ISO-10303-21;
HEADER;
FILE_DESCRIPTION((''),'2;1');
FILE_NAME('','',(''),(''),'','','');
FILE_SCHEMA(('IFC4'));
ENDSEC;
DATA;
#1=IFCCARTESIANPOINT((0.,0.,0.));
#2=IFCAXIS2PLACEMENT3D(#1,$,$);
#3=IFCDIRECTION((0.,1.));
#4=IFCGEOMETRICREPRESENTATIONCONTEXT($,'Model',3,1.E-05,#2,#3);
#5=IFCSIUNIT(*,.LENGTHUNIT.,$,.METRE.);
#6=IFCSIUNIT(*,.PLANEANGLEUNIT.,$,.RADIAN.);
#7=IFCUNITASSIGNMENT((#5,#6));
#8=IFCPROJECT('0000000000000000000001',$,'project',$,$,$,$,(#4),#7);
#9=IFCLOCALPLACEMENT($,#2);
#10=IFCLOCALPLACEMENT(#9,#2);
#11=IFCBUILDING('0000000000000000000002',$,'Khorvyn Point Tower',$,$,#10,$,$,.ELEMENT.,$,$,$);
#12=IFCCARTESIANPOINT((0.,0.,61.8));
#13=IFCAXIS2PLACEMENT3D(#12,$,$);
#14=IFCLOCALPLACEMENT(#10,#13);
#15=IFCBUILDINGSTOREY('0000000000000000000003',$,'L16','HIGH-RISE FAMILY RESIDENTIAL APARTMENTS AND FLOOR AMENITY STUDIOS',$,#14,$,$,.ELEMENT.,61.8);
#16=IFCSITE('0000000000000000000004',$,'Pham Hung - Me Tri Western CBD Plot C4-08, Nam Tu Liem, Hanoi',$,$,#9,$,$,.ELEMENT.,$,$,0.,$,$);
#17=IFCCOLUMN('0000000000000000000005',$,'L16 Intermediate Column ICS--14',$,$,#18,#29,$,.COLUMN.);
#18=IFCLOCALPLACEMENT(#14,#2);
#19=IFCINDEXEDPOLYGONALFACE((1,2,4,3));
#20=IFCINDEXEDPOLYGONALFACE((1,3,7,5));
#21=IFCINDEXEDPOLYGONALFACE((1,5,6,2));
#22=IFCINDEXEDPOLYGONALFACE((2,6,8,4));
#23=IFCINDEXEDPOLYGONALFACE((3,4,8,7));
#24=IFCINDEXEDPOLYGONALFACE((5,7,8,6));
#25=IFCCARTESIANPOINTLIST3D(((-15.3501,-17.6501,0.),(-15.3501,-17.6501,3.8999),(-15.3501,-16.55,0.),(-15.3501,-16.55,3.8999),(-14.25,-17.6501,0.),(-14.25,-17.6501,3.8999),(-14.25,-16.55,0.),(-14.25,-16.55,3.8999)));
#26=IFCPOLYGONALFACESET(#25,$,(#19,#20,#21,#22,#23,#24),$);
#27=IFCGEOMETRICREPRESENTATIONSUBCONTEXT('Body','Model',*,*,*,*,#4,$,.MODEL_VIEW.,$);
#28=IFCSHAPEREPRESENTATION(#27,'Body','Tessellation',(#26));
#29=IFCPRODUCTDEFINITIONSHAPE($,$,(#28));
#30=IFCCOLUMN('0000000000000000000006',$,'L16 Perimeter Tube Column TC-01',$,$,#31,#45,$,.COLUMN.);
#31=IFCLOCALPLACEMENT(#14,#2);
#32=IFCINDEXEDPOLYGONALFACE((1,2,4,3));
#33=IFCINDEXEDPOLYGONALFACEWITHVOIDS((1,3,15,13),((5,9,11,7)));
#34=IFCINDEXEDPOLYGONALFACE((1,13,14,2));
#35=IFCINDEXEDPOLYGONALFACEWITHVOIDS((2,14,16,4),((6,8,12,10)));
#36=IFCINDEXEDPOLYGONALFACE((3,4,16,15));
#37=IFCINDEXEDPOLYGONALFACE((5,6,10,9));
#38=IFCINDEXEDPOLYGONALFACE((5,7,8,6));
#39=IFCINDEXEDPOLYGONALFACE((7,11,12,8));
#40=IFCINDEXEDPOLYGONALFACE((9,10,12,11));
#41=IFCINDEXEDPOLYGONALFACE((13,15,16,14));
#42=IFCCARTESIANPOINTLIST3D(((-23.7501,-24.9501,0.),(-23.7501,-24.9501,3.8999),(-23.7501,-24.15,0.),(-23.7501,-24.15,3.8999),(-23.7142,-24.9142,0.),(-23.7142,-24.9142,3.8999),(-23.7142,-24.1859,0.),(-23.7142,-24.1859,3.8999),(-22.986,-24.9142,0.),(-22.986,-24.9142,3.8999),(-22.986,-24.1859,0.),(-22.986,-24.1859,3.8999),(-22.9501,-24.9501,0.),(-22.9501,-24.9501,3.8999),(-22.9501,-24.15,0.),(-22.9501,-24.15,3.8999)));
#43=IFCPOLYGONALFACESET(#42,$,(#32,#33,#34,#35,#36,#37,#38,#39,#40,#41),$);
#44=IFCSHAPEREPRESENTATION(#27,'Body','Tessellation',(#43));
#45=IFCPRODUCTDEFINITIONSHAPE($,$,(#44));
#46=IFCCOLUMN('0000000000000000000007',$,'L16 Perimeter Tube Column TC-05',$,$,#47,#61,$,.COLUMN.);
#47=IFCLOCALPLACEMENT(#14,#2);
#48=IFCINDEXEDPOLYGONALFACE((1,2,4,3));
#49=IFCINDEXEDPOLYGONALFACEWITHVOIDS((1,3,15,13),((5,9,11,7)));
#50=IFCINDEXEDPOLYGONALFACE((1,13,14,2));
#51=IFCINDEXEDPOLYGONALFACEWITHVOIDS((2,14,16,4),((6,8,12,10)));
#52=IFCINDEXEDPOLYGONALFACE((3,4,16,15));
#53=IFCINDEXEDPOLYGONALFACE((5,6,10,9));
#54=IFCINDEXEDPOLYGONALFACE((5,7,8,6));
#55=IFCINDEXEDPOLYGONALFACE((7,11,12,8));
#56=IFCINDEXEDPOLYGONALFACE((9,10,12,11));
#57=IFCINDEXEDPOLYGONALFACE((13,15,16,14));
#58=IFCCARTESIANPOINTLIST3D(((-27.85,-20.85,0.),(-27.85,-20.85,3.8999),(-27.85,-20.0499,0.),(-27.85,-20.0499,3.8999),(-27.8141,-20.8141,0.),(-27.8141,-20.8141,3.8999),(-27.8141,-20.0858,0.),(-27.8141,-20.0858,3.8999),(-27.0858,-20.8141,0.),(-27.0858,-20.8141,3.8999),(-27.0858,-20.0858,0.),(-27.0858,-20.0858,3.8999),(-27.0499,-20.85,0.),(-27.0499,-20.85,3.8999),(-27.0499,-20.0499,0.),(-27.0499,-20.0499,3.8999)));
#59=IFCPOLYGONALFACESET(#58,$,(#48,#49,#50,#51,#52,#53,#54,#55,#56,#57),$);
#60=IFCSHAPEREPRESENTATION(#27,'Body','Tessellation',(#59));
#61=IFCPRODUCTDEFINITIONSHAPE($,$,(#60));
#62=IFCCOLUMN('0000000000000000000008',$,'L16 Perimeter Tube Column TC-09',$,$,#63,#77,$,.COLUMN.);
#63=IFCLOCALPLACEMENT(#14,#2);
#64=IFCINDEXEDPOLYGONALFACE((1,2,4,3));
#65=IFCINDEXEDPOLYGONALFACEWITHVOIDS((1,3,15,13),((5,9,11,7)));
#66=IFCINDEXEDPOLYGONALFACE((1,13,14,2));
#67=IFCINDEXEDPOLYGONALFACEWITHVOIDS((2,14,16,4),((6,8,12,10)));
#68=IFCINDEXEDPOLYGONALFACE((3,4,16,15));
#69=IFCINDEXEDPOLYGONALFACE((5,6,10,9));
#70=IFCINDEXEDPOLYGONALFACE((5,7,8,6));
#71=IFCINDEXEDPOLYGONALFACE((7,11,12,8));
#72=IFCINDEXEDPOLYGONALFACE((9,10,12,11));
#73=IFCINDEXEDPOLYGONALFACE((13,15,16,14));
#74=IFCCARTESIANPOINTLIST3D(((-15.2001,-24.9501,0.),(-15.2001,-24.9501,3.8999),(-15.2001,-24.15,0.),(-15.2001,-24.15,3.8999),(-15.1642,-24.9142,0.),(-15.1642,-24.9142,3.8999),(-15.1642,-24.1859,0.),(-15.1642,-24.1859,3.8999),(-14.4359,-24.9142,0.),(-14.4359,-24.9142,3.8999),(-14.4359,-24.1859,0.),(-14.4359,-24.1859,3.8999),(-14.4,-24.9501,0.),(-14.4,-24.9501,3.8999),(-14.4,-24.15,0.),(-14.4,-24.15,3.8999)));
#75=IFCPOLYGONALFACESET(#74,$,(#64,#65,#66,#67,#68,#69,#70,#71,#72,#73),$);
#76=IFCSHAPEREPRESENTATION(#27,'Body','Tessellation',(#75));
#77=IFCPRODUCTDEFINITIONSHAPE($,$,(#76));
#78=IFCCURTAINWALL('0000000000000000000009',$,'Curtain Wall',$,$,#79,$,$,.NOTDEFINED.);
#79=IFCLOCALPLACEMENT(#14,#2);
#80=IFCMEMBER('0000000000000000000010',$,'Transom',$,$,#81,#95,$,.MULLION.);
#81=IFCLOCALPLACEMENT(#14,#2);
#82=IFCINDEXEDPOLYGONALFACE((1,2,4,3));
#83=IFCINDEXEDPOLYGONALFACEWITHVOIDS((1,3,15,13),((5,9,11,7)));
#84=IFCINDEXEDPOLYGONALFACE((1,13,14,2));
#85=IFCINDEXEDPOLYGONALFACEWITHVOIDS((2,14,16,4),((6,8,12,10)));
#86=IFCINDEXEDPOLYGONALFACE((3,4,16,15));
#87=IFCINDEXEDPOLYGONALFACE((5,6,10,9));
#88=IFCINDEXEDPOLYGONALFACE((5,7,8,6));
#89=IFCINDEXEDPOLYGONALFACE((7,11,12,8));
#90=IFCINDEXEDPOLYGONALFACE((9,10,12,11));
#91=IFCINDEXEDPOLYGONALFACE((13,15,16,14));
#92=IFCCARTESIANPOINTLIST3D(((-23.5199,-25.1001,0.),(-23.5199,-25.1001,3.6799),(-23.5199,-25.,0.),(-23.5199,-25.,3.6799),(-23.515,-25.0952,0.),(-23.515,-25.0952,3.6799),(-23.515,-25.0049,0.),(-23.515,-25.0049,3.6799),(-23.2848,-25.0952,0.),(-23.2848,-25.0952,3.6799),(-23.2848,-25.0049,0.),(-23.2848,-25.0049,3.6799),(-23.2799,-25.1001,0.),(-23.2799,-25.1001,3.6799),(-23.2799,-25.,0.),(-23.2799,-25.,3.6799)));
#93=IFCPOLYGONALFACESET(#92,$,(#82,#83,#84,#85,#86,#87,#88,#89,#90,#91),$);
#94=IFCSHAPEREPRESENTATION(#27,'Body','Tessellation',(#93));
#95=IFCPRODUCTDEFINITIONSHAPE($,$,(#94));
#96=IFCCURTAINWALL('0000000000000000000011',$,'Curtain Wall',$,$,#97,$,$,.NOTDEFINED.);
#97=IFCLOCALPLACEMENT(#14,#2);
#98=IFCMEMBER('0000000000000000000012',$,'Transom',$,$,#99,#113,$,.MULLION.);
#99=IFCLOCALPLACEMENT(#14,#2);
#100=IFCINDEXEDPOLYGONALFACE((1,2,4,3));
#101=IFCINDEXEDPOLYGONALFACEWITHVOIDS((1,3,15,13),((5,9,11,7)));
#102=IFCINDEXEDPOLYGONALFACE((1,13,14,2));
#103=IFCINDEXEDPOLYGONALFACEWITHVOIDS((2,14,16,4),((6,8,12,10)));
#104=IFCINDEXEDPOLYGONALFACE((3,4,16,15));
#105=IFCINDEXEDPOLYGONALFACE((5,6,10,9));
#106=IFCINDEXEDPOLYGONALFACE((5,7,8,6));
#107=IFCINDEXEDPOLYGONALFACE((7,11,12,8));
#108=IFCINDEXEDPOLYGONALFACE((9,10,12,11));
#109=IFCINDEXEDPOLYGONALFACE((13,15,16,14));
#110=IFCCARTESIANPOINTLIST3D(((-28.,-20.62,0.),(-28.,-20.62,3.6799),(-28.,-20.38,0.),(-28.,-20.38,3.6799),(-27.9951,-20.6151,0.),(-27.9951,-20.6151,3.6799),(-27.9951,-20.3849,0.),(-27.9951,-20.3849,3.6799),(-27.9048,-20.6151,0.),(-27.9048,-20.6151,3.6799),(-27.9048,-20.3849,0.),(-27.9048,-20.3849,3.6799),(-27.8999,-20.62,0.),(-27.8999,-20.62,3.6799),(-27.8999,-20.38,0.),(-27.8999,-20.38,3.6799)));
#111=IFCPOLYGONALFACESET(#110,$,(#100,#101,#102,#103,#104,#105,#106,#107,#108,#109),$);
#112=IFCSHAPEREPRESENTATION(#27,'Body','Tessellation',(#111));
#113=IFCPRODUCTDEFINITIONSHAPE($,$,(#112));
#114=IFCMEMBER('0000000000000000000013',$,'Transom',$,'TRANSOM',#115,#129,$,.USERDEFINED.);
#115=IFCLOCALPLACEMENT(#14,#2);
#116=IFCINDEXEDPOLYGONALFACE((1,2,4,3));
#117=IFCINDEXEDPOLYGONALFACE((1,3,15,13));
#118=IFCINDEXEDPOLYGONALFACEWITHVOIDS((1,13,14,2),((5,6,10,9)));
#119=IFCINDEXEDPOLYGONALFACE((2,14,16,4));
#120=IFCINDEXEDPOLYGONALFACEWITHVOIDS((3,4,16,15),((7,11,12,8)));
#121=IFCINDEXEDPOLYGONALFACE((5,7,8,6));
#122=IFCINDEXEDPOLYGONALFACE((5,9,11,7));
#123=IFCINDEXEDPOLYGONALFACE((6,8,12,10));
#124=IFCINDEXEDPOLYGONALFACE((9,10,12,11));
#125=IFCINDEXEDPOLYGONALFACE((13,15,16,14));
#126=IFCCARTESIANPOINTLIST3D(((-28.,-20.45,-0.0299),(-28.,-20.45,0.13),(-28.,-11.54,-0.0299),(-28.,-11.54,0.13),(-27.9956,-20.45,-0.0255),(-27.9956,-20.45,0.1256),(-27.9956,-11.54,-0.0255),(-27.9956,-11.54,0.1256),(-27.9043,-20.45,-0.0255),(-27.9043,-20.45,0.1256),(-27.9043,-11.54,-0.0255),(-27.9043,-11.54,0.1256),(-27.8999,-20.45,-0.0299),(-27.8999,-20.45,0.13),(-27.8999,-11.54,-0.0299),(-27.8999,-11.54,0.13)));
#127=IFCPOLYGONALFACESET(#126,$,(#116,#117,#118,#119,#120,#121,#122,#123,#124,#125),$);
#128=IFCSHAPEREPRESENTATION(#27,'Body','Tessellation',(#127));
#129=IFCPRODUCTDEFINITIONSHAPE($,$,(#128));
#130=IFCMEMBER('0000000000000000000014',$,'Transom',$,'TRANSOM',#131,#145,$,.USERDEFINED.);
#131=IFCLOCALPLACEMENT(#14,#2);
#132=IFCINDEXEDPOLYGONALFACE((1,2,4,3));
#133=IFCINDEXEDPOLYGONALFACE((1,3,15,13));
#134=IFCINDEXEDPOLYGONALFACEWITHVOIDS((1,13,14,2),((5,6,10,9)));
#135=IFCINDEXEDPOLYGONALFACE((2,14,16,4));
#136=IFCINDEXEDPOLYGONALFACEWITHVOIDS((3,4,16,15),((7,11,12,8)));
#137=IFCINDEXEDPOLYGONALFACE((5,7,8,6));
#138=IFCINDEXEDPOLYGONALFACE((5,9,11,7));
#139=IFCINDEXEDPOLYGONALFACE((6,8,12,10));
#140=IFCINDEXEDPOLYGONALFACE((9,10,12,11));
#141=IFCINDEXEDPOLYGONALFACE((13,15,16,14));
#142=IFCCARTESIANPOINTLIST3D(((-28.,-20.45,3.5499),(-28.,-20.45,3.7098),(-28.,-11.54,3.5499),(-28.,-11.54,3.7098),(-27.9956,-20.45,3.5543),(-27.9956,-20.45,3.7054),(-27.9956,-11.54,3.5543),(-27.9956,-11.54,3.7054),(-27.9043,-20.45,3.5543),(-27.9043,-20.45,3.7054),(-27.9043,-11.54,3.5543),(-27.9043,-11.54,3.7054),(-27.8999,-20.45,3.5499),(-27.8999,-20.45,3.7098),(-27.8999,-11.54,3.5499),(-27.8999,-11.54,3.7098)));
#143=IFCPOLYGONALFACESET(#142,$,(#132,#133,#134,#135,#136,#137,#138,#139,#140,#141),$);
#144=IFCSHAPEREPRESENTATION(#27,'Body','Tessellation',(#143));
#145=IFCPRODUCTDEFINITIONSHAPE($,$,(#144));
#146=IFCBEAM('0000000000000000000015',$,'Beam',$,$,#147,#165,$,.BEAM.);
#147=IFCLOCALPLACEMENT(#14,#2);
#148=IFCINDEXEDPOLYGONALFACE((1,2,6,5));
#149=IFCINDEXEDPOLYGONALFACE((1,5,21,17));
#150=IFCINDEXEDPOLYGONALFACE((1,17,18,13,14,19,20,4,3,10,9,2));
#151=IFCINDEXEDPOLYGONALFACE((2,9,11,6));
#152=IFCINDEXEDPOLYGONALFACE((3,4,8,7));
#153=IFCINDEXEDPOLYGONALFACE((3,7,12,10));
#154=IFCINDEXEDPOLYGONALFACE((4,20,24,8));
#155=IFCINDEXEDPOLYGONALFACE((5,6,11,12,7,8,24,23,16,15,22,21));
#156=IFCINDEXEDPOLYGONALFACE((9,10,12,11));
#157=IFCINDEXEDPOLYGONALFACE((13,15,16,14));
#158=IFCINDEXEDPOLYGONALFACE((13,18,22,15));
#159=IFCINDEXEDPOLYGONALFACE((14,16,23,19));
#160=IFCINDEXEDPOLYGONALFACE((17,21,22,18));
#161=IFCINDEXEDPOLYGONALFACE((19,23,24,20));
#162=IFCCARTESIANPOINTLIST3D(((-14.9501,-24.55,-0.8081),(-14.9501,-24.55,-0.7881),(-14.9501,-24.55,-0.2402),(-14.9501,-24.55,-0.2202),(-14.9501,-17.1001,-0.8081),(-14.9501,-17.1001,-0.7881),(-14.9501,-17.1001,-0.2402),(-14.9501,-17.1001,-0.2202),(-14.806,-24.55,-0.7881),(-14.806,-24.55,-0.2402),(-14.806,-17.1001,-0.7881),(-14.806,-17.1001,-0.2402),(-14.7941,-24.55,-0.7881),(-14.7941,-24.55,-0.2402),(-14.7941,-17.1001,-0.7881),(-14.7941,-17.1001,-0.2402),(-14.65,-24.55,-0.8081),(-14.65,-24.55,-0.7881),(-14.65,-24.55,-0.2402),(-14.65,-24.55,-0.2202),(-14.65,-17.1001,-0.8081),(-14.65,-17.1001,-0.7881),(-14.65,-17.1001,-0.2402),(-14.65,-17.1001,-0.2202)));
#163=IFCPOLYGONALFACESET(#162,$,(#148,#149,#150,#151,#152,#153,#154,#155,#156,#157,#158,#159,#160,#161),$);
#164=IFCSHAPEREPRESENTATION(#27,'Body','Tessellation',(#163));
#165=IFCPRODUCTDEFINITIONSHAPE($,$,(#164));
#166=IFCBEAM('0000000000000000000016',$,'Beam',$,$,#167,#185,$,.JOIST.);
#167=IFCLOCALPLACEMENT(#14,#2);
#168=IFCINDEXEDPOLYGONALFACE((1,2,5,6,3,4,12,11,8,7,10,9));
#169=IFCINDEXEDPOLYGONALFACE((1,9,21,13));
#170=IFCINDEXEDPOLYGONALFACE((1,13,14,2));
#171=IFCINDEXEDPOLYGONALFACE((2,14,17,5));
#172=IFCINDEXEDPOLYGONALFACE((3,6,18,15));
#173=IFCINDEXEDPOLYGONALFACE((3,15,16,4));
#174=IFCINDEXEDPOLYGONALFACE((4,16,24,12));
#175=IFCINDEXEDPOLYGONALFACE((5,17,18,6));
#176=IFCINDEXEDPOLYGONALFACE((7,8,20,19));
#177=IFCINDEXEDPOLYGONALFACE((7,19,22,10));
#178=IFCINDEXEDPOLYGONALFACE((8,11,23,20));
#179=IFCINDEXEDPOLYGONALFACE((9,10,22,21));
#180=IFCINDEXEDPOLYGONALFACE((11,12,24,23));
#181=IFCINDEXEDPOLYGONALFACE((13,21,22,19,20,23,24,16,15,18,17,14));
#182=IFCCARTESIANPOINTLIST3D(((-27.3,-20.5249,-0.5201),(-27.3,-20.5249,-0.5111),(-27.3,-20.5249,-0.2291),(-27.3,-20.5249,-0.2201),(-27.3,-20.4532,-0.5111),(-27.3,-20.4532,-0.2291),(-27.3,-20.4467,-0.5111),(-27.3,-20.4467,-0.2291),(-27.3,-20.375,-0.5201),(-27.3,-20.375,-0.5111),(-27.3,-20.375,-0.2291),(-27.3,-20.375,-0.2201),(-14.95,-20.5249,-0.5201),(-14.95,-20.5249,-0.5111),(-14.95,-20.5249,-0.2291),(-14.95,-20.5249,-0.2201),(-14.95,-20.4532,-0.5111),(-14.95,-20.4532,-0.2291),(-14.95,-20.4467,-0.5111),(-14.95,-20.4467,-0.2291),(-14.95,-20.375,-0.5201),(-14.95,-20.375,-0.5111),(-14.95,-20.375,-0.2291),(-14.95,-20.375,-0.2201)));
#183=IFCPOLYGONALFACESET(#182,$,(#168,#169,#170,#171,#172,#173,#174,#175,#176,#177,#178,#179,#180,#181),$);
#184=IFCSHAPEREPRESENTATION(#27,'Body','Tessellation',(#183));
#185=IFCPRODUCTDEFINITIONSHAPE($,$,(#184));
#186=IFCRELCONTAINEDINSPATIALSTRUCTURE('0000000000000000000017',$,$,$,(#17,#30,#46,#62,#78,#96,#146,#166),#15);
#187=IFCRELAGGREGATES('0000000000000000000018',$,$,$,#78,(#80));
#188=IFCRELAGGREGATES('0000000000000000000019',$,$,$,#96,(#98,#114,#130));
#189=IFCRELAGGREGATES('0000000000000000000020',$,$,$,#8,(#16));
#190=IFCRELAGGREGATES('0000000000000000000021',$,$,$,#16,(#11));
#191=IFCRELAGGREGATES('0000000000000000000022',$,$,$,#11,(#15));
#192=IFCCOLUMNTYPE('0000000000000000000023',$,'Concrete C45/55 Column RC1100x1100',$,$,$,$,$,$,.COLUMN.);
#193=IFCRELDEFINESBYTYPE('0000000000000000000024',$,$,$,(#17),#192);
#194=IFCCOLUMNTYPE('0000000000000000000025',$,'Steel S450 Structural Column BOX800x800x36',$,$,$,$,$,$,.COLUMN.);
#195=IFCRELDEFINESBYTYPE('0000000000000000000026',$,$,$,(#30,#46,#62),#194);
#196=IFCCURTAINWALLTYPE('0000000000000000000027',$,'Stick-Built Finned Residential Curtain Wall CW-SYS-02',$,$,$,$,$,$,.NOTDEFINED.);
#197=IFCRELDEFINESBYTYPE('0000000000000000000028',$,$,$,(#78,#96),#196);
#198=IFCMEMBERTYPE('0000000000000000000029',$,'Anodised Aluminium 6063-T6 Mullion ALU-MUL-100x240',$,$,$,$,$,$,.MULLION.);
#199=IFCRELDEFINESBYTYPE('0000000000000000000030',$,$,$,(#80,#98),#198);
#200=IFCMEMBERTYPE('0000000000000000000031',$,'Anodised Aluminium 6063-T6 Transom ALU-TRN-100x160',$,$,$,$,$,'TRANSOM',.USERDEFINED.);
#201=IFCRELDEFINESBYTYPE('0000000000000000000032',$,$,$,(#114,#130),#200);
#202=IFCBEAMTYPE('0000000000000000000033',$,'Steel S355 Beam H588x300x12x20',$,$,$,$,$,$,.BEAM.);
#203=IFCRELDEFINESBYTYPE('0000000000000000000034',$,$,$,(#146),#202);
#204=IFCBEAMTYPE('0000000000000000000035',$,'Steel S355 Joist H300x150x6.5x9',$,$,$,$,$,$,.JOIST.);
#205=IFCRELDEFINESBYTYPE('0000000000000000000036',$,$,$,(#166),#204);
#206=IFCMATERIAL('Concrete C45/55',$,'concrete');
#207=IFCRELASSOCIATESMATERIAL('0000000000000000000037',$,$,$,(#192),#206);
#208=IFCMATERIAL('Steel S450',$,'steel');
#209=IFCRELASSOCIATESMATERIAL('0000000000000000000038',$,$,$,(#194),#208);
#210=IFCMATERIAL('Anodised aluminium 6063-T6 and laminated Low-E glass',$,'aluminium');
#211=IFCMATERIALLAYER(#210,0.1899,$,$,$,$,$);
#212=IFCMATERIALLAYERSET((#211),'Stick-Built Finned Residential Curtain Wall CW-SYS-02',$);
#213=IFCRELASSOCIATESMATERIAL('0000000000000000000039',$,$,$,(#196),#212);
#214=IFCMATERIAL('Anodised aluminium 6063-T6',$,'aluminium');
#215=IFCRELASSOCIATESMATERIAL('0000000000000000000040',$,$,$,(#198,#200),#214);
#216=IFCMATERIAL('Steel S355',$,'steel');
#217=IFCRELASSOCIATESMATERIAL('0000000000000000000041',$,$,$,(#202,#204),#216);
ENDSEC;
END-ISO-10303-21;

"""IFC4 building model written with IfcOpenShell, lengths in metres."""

from ifc_helpers import new_model, si_unit, direction, frame, origin, origin_2d, place, context, subcontext, project, spatial, rectangle, hollow_rectangle, i_section, extrude, material, layer, layer_set, material_profile, profile_set, type_object, element, aggregate, save


model = new_model("IFC4")

# Units and contexts
model_context = context("Model", 3, precision=1e-05, world=origin(), true_north=direction((0.0, 1.0)))
body_context = subcontext(model_context, "Body", "Model", "MODEL_VIEW")
ifc_project = project(units=[si_unit("LENGTHUNIT", "METRE"), si_unit("PLANEANGLEUNIT", "RADIAN")], contexts=[model_context])

# Site, building, storey
site_placement = place(None, origin())
site = spatial("IfcSite", under=ifc_project, at=site_placement, Name="Pham Hung - Me Tri Western CBD Plot C4-08, Nam Tu Liem, Hanoi", CompositionType="ELEMENT", RefElevation=0.0)
building_placement = place(site_placement, origin())
building = spatial("IfcBuilding", under=site, at=building_placement, Name="Khorvyn Point Tower", CompositionType="ELEMENT")
storey_placement = place(building_placement, frame((0.0, 0.0, 61.8)))
storey = spatial("IfcBuildingStorey", under=building, at=storey_placement, Name="L16", Description="HIGH-RISE FAMILY RESIDENTIAL APARTMENTS AND FLOOR AMENITY STUDIOS", CompositionType="ELEMENT", Elevation=61.8)

# Columns
ifc_material_1 = material(Name="Concrete C45/55", Category="concrete")
ifc_material_profile_1 = material_profile(ifc_material_1, rectangle(XDim=1.1001, YDim=1.1001, at=origin_2d()))
ifc_profile_set_1 = profile_set([ifc_material_profile_1], Name="Concrete C45/55 RC1100x1100")
column_type_1 = type_object("IfcColumnType", Name="Concrete C45/55 Column RC1100x1100", PredefinedType="COLUMN", material=ifc_profile_set_1)
column_placement = place(storey_placement, frame((-14.8, -17.1001, 0.0), z_axis=(0.0, 0.0, 1.0), x_axis=(1.0, 0.0, 0.0)))
element("IfcColumn", 1, at=column_placement, inside=storey, type_object=column_type_1, Name="L16 Intermediate Column ICS--14", PredefinedType="COLUMN", context=body_context, shape_type="SweptSolid", body=[
    extrude(rectangle(XDim=1.1001, YDim=1.1001, at=origin_2d()), origin(), (0.0, 0.0, 1.0), 3.8999),
])
ifc_material_2 = material(Name="Steel S450", Category="steel")
ifc_material_profile_2 = material_profile(ifc_material_2, hollow_rectangle(XDim=0.8, YDim=0.8, WallThickness=0.0359, at=origin_2d()))
ifc_profile_set_2 = profile_set([ifc_material_profile_2], Name="Steel S450 BOX800x800x36")
column_type_2 = type_object("IfcColumnType", Name="Steel S450 Structural Column BOX800x800x36", PredefinedType="COLUMN", material=ifc_profile_set_2)
for number, where, z_axis, x_axis, name in (
    (2, (-23.3501, -24.55, 0.0), (0.0, 0.0, 1.0), (1.0, 0.0, 0.0), "L16 Perimeter Tube Column TC-01"),
    (3, (-27.45, -20.45, 0.0), (0.0, 0.0, 1.0), (1.0, 0.0, 0.0), "L16 Perimeter Tube Column TC-05"),
    (4, (-14.8, -24.55, 0.0), (0.0, 0.0, 1.0), (1.0, 0.0, 0.0), "L16 Perimeter Tube Column TC-09"),
):
    element("IfcColumn", number, at=place(storey_placement, frame(where, z_axis=z_axis, x_axis=x_axis)), inside=storey, type_object=column_type_2, Name=name, PredefinedType="COLUMN", context=body_context, shape_type="SweptSolid", body=[
        extrude(hollow_rectangle(XDim=0.8, YDim=0.8, WallThickness=0.0359, at=origin_2d()), origin(), (0.0, 0.0, 1.0), 3.8999),
    ])

# Curtain wall, member
ifc_material_3 = material(Name="Anodised aluminium 6063-T6 and laminated Low-E glass", Category="aluminium")
ifc_layer_1 = layer(ifc_material_3, 0.1899)
ifc_layer_set_1 = layer_set([ifc_layer_1], Name="Stick-Built Finned Residential Curtain Wall CW-SYS-02")
curtain_wall_type = type_object("IfcCurtainWallType", Name="Stick-Built Finned Residential Curtain Wall CW-SYS-02", PredefinedType="NOTDEFINED", material=ifc_layer_set_1)
curtain_wall_1_placement = place(storey_placement, origin())
curtain_wall_1 = element("IfcCurtainWall", 5, at=curtain_wall_1_placement, inside=storey, type_object=curtain_wall_type, Name="Curtain Wall", PredefinedType="NOTDEFINED")
ifc_material_4 = material(Name="Anodised aluminium 6063-T6", Category="aluminium")
ifc_material_profile_3 = material_profile(ifc_material_4, hollow_rectangle(XDim=0.1001, YDim=0.24, WallThickness=0.0049, at=origin_2d()))
ifc_profile_set_3 = profile_set([ifc_material_profile_3], Name="Anodised aluminium 6063-T6 ALU-MUL-100x240")
member_type_1 = type_object("IfcMemberType", Name="Anodised Aluminium 6063-T6 Mullion ALU-MUL-100x240", PredefinedType="MULLION", material=ifc_profile_set_3)
member_1_placement = place(storey_placement, frame((-23.3999, -25.05, 0.0), z_axis=(0.0, 0.0, 1.0), x_axis=(0.0, -1.0, 0.0)))
member_1 = element("IfcMember", 6, at=member_1_placement, type_object=member_type_1, Name="Transom", PredefinedType="MULLION", context=body_context, shape_type="SweptSolid", body=[
    extrude(hollow_rectangle(XDim=0.1001, YDim=0.24, WallThickness=0.0049, at=origin_2d()), origin(), (0.0, 0.0, 1.0), 3.6799),
])

# Curtain wall, members
curtain_wall_2_placement = place(storey_placement, origin())
curtain_wall_2 = element("IfcCurtainWall", 7, at=curtain_wall_2_placement, inside=storey, type_object=curtain_wall_type, Name="Curtain Wall", PredefinedType="NOTDEFINED")
member_2_placement = place(storey_placement, frame((-27.95, -20.5, 0.0), z_axis=(0.0, 0.0, 1.0), x_axis=(-1.0, 0.0, 0.0)))
member_2 = element("IfcMember", 8, at=member_2_placement, type_object=member_type_1, Name="Transom", PredefinedType="MULLION", context=body_context, shape_type="SweptSolid", body=[
    extrude(hollow_rectangle(XDim=0.1001, YDim=0.24, WallThickness=0.0049, at=origin_2d()), origin(), (0.0, 0.0, 1.0), 3.6799),
])
ifc_material_profile_4 = material_profile(ifc_material_4, hollow_rectangle(XDim=0.1001, YDim=0.1599, WallThickness=0.0044, at=origin_2d()))
ifc_profile_set_4 = profile_set([ifc_material_profile_4], Name="Anodised aluminium 6063-T6 ALU-TRN-100x160")
member_type_2 = type_object("IfcMemberType", Name="Anodised Aluminium 6063-T6 Transom ALU-TRN-100x160", ElementType="TRANSOM", PredefinedType="USERDEFINED", material=ifc_profile_set_4)
member_3_placement = place(storey_placement, frame((-27.95, -20.45, 0.05), z_axis=(0.0, 1.0, 0.0), x_axis=(-1.0, 0.0, 0.0)))
member_3 = element("IfcMember", 9, at=member_3_placement, type_object=member_type_2, Name="Transom", ObjectType="TRANSOM", PredefinedType="USERDEFINED", context=body_context, shape_type="SweptSolid", body=[
    extrude(hollow_rectangle(XDim=0.1001, YDim=0.1599, WallThickness=0.0044, at=origin_2d()), origin(), (0.0, 0.0, 1.0), 8.9099),
])
member_4_placement = place(storey_placement, frame((-27.95, -20.45, 3.6299), z_axis=(0.0, 1.0, 0.0), x_axis=(-1.0, 0.0, 0.0)))
member_4 = element("IfcMember", 10, at=member_4_placement, type_object=member_type_2, Name="Transom", ObjectType="TRANSOM", PredefinedType="USERDEFINED", context=body_context, shape_type="SweptSolid", body=[
    extrude(hollow_rectangle(XDim=0.1001, YDim=0.1599, WallThickness=0.0044, at=origin_2d()), origin(), (0.0, 0.0, 1.0), 8.9099),
])

# Beams
ifc_material_5 = material(Name="Steel S355", Category="steel")
ifc_material_profile_5 = material_profile(ifc_material_5, i_section(OverallWidth=0.3, OverallDepth=0.5879, WebThickness=0.012, FlangeThickness=0.02, at=origin_2d()))
ifc_profile_set_5 = profile_set([ifc_material_profile_5], Name="Steel S355 H588x300x12x20")
beam_type_1 = type_object("IfcBeamType", Name="Steel S355 Beam H588x300x12x20", PredefinedType="BEAM", material=ifc_profile_set_5)
beam_1_placement = place(storey_placement, frame((-14.8, -24.55, -0.5142), z_axis=(0.0, 1.0, 0.0), x_axis=(-1.0, 0.0, 0.0)))
element("IfcBeam", 11, at=beam_1_placement, inside=storey, type_object=beam_type_1, Name="Beam", PredefinedType="BEAM", context=body_context, shape_type="SweptSolid", body=[
    extrude(i_section(OverallWidth=0.3, OverallDepth=0.5879, WebThickness=0.012, FlangeThickness=0.02, at=origin_2d()), origin(), (0.0, 0.0, 1.0), 7.45),
])
ifc_material_profile_6 = material_profile(ifc_material_5, i_section(OverallWidth=0.1499, OverallDepth=0.3, WebThickness=0.0066, FlangeThickness=0.009, at=origin_2d()))
ifc_profile_set_6 = profile_set([ifc_material_profile_6], Name="Steel S355 H300x150x6.5x9")
beam_type_2 = type_object("IfcBeamType", Name="Steel S355 Joist H300x150x6.5x9", PredefinedType="JOIST", material=ifc_profile_set_6)
beam_2_placement = place(storey_placement, frame((-27.3, -20.45, -0.3701), z_axis=(1.0, 0.0, 0.0), x_axis=(0.0, 1.0, 0.0)))
element("IfcBeam", 12, at=beam_2_placement, inside=storey, type_object=beam_type_2, Name="Beam", PredefinedType="JOIST", context=body_context, shape_type="SweptSolid", body=[
    extrude(i_section(OverallWidth=0.1499, OverallDepth=0.3, WebThickness=0.0066, FlangeThickness=0.009, at=origin_2d()), origin(), (0.0, 0.0, 1.0), 12.3501),
])

aggregate(curtain_wall_1, [member_1])
aggregate(curtain_wall_2, [member_2, member_3, member_4])

save(model, "model.ifc")
